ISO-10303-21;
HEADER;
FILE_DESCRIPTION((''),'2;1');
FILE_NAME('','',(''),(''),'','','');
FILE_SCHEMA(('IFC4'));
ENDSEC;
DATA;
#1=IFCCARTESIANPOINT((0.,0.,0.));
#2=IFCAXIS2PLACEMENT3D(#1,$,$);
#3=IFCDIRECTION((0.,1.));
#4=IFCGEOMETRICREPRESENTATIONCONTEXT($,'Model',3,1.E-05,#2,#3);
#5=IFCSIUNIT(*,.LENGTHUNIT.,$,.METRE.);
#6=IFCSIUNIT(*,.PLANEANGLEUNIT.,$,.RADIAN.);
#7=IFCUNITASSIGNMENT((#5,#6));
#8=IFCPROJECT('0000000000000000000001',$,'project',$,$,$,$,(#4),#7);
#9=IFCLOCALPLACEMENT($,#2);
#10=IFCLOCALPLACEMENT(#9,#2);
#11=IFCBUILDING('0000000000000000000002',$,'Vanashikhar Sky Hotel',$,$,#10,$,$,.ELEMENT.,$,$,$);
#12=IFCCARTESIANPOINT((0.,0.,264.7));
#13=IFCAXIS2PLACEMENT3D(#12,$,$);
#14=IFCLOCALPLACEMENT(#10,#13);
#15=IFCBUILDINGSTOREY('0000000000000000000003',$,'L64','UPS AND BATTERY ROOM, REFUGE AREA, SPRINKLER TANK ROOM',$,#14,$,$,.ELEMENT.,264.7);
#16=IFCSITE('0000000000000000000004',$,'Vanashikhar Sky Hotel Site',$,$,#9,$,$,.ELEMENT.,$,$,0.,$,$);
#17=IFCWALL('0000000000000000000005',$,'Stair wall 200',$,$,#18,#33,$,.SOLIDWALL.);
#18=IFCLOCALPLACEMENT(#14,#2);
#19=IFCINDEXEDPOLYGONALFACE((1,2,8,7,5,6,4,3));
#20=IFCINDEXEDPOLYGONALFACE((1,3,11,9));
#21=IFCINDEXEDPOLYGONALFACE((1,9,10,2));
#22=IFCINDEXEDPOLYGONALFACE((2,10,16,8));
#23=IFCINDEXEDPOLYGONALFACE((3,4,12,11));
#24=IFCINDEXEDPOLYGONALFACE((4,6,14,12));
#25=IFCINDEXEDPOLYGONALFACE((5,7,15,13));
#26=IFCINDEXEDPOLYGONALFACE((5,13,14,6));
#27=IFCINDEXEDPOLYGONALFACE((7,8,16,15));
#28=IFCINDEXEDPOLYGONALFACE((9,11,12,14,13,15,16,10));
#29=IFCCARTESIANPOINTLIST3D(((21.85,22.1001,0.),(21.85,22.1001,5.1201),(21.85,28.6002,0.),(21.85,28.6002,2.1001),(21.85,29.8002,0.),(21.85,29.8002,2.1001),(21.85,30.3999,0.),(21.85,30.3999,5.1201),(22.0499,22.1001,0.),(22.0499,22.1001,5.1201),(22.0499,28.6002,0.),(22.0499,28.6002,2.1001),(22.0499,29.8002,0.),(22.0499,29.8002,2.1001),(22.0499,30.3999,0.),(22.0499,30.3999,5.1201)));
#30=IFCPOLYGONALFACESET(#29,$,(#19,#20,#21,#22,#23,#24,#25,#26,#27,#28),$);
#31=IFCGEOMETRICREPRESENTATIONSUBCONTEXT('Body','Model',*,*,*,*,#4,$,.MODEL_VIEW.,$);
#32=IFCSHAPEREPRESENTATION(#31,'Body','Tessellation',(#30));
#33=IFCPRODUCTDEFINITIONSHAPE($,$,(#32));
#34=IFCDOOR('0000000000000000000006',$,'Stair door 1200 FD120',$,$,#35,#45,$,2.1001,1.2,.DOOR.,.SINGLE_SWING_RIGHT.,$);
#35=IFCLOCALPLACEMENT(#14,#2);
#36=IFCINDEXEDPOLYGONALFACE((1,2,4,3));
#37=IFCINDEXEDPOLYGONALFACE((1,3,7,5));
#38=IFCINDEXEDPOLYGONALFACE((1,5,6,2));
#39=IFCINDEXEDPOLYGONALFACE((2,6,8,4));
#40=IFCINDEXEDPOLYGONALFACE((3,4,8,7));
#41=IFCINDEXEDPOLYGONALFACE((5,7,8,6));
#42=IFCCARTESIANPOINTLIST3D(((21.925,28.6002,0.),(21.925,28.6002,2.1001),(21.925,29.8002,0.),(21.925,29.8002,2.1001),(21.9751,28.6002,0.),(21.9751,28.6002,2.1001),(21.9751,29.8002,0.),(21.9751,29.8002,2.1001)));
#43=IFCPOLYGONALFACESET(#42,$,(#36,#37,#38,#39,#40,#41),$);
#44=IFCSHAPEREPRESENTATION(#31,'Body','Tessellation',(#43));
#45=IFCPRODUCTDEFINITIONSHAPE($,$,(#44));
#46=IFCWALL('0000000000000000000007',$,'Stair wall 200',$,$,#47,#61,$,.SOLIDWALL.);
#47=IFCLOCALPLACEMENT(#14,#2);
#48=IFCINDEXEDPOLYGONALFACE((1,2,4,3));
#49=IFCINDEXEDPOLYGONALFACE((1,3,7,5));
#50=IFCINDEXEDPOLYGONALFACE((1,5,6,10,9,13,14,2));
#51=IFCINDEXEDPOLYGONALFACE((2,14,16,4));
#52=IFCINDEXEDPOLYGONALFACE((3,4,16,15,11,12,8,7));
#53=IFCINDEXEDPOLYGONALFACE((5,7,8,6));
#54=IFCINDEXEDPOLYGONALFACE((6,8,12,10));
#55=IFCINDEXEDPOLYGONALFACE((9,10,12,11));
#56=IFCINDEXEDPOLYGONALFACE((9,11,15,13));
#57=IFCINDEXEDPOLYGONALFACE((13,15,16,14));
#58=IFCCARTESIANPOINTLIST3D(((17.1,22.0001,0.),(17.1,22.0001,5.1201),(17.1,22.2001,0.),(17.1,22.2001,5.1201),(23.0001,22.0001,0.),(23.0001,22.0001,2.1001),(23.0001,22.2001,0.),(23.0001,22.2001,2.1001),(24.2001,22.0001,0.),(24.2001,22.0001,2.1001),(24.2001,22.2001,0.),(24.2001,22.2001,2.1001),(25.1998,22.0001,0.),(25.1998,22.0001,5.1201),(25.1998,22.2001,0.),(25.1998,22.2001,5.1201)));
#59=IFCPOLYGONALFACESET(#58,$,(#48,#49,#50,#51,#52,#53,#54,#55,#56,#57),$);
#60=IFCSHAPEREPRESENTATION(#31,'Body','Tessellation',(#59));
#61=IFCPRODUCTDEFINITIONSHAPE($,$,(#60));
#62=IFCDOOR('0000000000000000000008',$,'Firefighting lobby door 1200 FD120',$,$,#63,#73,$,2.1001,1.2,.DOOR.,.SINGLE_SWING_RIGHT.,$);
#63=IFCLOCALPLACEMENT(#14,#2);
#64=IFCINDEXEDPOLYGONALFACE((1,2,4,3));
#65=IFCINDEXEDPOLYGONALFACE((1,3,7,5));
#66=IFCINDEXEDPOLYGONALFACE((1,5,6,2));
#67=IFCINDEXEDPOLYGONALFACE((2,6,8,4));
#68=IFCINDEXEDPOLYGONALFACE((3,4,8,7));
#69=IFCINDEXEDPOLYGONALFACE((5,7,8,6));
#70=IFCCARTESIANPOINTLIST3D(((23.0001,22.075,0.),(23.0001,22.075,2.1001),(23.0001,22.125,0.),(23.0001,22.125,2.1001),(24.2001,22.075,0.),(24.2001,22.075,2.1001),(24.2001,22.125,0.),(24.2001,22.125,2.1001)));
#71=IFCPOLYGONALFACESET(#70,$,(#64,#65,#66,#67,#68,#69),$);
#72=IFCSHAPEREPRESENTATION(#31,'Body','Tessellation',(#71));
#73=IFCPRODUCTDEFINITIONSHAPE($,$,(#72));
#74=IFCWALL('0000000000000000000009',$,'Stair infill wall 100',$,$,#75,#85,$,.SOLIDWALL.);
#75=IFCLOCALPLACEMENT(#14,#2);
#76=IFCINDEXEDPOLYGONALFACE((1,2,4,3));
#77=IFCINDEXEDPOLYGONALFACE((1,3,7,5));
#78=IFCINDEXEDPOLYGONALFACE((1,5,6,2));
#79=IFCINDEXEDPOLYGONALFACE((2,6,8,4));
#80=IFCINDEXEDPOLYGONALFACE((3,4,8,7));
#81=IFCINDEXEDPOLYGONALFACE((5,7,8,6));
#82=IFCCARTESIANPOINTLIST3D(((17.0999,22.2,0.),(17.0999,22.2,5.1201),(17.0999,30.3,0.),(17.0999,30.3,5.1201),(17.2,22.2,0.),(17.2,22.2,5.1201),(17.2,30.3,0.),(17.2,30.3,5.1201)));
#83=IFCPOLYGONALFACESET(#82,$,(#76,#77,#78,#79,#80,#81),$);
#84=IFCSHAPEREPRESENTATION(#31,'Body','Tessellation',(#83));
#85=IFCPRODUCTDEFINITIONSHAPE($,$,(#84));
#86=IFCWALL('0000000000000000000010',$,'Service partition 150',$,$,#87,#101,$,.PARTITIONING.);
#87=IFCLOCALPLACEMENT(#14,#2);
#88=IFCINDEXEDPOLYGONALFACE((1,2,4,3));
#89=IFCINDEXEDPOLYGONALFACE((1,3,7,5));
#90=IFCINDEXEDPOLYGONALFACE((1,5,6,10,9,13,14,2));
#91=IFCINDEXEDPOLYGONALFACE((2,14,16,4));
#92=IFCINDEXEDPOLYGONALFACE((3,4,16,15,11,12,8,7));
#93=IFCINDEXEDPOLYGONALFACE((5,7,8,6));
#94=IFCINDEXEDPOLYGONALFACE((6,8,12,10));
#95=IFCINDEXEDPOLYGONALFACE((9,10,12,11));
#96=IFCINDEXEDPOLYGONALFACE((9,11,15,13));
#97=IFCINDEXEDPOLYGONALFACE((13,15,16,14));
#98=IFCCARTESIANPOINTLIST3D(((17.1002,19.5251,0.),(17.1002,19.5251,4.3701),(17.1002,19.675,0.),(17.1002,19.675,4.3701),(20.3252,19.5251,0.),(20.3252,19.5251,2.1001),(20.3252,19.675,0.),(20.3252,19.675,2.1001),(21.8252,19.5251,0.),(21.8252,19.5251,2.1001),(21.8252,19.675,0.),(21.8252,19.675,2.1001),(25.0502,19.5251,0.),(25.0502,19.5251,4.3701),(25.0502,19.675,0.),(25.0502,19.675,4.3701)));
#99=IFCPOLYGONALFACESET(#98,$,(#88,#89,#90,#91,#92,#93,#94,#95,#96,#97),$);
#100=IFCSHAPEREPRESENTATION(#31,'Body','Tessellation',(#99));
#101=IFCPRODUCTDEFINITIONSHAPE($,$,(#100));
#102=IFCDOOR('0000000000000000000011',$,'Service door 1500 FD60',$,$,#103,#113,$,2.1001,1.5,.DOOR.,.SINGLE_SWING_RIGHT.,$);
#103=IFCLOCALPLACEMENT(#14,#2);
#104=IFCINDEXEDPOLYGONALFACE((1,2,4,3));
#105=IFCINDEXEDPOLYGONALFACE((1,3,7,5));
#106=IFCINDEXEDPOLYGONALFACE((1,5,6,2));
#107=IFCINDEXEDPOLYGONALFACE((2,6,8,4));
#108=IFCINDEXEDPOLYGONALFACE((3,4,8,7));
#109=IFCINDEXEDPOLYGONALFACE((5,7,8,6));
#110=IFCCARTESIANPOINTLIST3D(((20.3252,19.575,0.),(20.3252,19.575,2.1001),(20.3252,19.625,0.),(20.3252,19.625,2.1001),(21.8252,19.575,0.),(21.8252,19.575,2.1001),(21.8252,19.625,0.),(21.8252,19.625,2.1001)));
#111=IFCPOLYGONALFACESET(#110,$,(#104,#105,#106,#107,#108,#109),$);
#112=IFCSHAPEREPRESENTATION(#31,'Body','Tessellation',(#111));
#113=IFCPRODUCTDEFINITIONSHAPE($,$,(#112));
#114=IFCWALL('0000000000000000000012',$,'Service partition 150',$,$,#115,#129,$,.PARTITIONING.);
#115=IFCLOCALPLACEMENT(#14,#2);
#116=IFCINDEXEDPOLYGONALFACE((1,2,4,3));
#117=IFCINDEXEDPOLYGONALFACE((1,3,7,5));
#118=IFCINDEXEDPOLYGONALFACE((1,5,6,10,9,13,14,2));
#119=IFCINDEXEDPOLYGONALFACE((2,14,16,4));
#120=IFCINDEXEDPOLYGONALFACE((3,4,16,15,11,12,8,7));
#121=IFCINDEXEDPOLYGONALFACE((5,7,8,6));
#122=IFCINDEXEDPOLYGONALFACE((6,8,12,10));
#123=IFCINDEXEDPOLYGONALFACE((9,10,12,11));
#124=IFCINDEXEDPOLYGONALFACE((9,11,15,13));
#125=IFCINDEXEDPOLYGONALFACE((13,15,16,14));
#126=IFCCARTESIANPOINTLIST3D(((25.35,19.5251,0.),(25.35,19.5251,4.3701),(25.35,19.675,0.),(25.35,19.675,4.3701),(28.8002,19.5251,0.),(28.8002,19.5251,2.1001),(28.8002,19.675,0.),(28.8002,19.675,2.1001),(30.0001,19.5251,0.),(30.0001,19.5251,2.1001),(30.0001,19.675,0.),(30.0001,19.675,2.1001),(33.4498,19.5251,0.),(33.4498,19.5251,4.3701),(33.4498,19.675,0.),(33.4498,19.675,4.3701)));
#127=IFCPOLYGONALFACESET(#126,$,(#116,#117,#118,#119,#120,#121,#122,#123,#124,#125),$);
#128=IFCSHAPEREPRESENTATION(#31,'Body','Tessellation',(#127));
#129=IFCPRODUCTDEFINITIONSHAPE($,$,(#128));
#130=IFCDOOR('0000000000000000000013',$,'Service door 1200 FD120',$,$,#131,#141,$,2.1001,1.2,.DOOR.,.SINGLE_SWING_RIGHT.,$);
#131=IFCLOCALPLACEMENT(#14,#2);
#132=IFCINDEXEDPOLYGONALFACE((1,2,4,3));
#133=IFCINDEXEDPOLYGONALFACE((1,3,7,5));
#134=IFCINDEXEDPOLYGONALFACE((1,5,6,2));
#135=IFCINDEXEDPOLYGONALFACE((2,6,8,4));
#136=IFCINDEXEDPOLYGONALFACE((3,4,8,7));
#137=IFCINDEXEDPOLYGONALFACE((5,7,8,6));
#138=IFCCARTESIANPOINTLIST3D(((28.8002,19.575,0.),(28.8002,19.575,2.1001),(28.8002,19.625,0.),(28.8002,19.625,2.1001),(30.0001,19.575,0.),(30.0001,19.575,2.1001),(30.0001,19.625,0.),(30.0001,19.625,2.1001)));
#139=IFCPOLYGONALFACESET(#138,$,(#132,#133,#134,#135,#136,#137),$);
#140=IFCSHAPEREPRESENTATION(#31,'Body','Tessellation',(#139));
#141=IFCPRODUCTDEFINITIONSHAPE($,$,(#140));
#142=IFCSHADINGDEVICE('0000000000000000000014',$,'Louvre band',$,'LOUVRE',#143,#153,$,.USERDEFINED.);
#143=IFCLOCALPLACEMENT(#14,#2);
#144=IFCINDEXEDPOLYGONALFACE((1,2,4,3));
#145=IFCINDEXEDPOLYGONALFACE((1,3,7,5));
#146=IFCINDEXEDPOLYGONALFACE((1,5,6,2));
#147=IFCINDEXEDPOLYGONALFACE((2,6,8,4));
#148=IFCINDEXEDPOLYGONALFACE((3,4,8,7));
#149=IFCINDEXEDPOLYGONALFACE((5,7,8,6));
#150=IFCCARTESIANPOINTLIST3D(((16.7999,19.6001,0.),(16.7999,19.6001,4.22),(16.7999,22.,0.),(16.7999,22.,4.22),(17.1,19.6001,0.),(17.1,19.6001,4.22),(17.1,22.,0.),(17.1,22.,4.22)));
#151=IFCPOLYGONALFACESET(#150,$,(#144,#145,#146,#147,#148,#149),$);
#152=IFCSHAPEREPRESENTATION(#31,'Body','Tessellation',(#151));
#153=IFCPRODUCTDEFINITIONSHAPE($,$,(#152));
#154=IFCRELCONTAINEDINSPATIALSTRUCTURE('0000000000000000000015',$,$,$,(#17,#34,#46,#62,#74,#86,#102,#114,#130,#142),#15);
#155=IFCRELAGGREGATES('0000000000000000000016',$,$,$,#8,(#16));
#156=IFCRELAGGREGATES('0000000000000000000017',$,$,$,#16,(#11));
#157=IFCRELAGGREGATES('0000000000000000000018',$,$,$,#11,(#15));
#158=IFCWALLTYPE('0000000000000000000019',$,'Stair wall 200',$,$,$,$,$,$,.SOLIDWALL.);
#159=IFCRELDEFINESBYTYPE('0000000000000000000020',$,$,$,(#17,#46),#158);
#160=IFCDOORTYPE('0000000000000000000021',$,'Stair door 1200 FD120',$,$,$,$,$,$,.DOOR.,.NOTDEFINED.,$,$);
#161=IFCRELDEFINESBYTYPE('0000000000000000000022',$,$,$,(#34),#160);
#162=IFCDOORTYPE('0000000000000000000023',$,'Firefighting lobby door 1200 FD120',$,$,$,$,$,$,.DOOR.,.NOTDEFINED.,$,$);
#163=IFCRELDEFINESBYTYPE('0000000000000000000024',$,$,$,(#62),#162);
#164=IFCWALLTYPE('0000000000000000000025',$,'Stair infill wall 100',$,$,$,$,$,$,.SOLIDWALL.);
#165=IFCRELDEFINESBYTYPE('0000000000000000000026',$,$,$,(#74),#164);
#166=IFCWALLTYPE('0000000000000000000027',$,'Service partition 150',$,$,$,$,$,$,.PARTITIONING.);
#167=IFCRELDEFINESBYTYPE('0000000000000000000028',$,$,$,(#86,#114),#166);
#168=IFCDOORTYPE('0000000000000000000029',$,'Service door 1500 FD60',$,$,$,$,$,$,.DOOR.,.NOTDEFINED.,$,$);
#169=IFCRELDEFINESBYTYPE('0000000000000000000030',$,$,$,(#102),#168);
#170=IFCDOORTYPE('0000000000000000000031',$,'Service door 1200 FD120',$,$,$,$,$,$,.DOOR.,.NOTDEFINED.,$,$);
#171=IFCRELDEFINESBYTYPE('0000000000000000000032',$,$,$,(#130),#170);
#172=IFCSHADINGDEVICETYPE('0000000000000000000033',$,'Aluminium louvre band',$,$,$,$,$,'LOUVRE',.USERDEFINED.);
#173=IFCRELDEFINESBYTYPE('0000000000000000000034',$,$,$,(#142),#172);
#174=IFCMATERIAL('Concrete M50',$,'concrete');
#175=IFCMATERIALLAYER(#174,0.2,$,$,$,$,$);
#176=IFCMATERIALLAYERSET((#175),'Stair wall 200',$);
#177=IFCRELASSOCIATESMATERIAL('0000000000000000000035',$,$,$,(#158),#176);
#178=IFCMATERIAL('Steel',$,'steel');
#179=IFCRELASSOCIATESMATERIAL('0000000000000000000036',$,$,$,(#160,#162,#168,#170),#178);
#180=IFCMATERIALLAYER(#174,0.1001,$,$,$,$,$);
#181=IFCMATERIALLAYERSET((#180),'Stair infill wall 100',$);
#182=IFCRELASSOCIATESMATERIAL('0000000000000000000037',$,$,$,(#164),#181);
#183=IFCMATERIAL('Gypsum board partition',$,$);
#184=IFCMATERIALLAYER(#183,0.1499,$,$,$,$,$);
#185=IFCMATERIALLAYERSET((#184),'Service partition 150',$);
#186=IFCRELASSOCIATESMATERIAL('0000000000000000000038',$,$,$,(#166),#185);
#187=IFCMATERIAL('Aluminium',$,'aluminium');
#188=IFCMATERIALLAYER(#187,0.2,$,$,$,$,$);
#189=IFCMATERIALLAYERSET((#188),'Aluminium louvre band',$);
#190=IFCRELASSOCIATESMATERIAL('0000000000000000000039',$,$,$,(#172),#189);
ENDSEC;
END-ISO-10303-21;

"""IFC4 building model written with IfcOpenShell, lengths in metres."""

from ifc_helpers import new_model, si_unit, direction, frame, frame_2d, origin, origin_2d, place, context, subcontext, project, spatial, rectangle, extrude, source, transform, mapped, material, layer, layer_set, type_object, element, fill, save


model = new_model("IFC4")

# Units and contexts
model_context = context("Model", 3, precision=1e-05, world=origin(), true_north=direction((0.0, 1.0)))
body_context = subcontext(model_context, "Body", "Model", "MODEL_VIEW")
ifc_project = project(units=[si_unit("LENGTHUNIT", "METRE"), si_unit("PLANEANGLEUNIT", "RADIAN")], contexts=[model_context])

# Site, building, storey
site_placement = place(None, origin())
site = spatial("IfcSite", under=ifc_project, at=site_placement, Name="Vanashikhar Sky Hotel Site", CompositionType="ELEMENT", RefElevation=0.0)
building_placement = place(site_placement, origin())
building = spatial("IfcBuilding", under=site, at=building_placement, Name="Vanashikhar Sky Hotel", CompositionType="ELEMENT")
storey_placement = place(building_placement, frame((0.0, 0.0, 264.7)))
storey = spatial("IfcBuildingStorey", under=building, at=storey_placement, Name="L64", Description="UPS AND BATTERY ROOM, REFUGE AREA, SPRINKLER TANK ROOM", CompositionType="ELEMENT", Elevation=264.7)

# Shared definitions
ifc_material_1 = material(Name="Concrete M50", Category="concrete")

# Walls, openings, doors
ifc_layer_1 = layer(ifc_material_1, 0.2)
ifc_layer_set_1 = layer_set([ifc_layer_1], Name="Stair wall 200")
wall_type_1 = type_object("IfcWallType", Name="Stair wall 200", PredefinedType="SOLIDWALL", material=ifc_layer_set_1)
shared_shape_1 = source(origin(), body_context, "Body", "SweptSolid", [
    extrude(rectangle(XDim=8.2998, YDim=0.2, at=frame_2d((4.1499, 0.0))), origin(), (0.0, 0.0, 1.0), 5.1201),
])
wall_1_placement = place(storey_placement, frame((21.95, 22.1001, 0.0), z_axis=(0.0, 0.0, 1.0), x_axis=(0.0, 1.0, 0.0)))
wall_1 = element("IfcWall", 1, at=wall_1_placement, inside=storey, type_object=wall_type_1, Name="Stair wall 200", PredefinedType="SOLIDWALL", context=body_context, shape_type="MappedRepresentation", body=[
    mapped(shared_shape_1, transform((0.0, 0.0, 0.0), scale=1.0)),
])
shared_shape_2 = source(origin(), body_context, "Body", "SweptSolid", [
    extrude(rectangle(XDim=1.2, YDim=2.1001, at=frame_2d((0.6001, 1.05))), frame((0.0, 0.1099, 0.0), z_axis=(0.0, -1.0, 0.0), x_axis=(1.0, 0.0, 0.0)), (0.0, 0.0, 1.0), 0.22),
])
opening_1_placement = place(wall_1_placement, frame((6.5, 0.0, 0.0)))
opening_1 = element("IfcOpeningElement", 2, at=opening_1_placement, cuts=wall_1, PredefinedType="OPENING", context=body_context, shape_type="MappedRepresentation", body=[
    mapped(shared_shape_2, transform((0.0, 0.0, 0.0), scale=1.0)),
])
ifc_material_2 = material(Name="Steel", Category="steel")
door_type_1 = type_object("IfcDoorType", Name="Stair door 1200 FD120", OperationType="NOTDEFINED", PredefinedType="DOOR", material=ifc_material_2)
shared_shape_3 = source(origin(), body_context, "Body", "SweptSolid", [
    extrude(rectangle(XDim=1.2, YDim=2.1001, at=frame_2d((0.6001, 1.05))), frame((0.0, 0.0249, 0.0), z_axis=(0.0, -1.0, 0.0), x_axis=(1.0, 0.0, 0.0)), (0.0, 0.0, 1.0), 0.05),
])
door_1_placement = place(opening_1_placement, origin())
door_1 = element("IfcDoor", 3, at=door_1_placement, inside=storey, type_object=door_type_1, Name="Stair door 1200 FD120", OperationType="SINGLE_SWING_RIGHT", OverallHeight=2.1001, OverallWidth=1.2, PredefinedType="DOOR", context=body_context, shape_type="MappedRepresentation", body=[
    mapped(shared_shape_3, transform((0.0, 0.0, 0.0), scale=1.0)),
])
fill(opening_1, door_1)
shared_shape_4 = source(origin(), body_context, "Body", "SweptSolid", [
    extrude(rectangle(XDim=8.0999, YDim=0.2, at=frame_2d((4.0498, 0.0))), origin(), (0.0, 0.0, 1.0), 5.1201),
])
wall_2_placement = place(storey_placement, frame((17.1001, 22.1001, 0.0), z_axis=(0.0, 0.0, 1.0), x_axis=(1.0, 0.0, 0.0)))
wall_2 = element("IfcWall", 4, at=wall_2_placement, inside=storey, type_object=wall_type_1, Name="Stair wall 200", PredefinedType="SOLIDWALL", context=body_context, shape_type="MappedRepresentation", body=[
    mapped(shared_shape_4, transform((0.0, 0.0, 0.0), scale=1.0)),
])
opening_2_placement = place(wall_2_placement, frame((5.8999, 0.0, 0.0)))
opening_2 = element("IfcOpeningElement", 5, at=opening_2_placement, cuts=wall_2, PredefinedType="OPENING", context=body_context, shape_type="MappedRepresentation", body=[
    mapped(shared_shape_2, transform((0.0, 0.0, 0.0), scale=1.0)),
])
door_type_2 = type_object("IfcDoorType", Name="Firefighting lobby door 1200 FD120", OperationType="NOTDEFINED", PredefinedType="DOOR", material=ifc_material_2)
door_2_placement = place(opening_2_placement, origin())
door_2 = element("IfcDoor", 6, at=door_2_placement, inside=storey, type_object=door_type_2, Name="Firefighting lobby door 1200 FD120", OperationType="SINGLE_SWING_RIGHT", OverallHeight=2.1001, OverallWidth=1.2, PredefinedType="DOOR", context=body_context, shape_type="MappedRepresentation", body=[
    mapped(shared_shape_3, transform((0.0, 0.0, 0.0), scale=1.0)),
])
fill(opening_2, door_2)

# Wall
ifc_layer_2 = layer(ifc_material_1, 0.1001)
ifc_layer_set_2 = layer_set([ifc_layer_2], Name="Stair infill wall 100")
wall_type_2 = type_object("IfcWallType", Name="Stair infill wall 100", PredefinedType="SOLIDWALL", material=ifc_layer_set_2)
shared_shape_5 = source(origin(), body_context, "Body", "SweptSolid", [
    extrude(rectangle(XDim=8.1001, YDim=0.1001, at=frame_2d((4.05, 0.0))), origin(), (0.0, 0.0, 1.0), 5.1201),
])
wall_3_placement = place(storey_placement, frame((17.1499, 22.2, 0.0), z_axis=(0.0, 0.0, 1.0), x_axis=(0.0, 1.0, 0.0)))
element("IfcWall", 7, at=wall_3_placement, inside=storey, type_object=wall_type_2, Name="Stair infill wall 100", PredefinedType="SOLIDWALL", context=body_context, shape_type="MappedRepresentation", body=[
    mapped(shared_shape_5, transform((0.0, 0.0, 0.0), scale=1.0)),
])

# Walls, openings, doors
ifc_material_3 = material(Name="Gypsum board partition")
ifc_layer_3 = layer(ifc_material_3, 0.1499)
ifc_layer_set_3 = layer_set([ifc_layer_3], Name="Service partition 150")
wall_type_3 = type_object("IfcWallType", Name="Service partition 150", PredefinedType="PARTITIONING", material=ifc_layer_set_3)
shared_shape_6 = source(origin(), body_context, "Body", "SweptSolid", [
    extrude(rectangle(XDim=7.95, YDim=0.1499, at=frame_2d((3.9751, 0.0))), origin(), (0.0, 0.0, 1.0), 4.3701),
])
wall_4_placement = place(storey_placement, frame((17.1001, 19.6001, 0.0), z_axis=(0.0, 0.0, 1.0), x_axis=(1.0, 0.0, 0.0)))
wall_4 = element("IfcWall", 8, at=wall_4_placement, inside=storey, type_object=wall_type_3, Name="Service partition 150", PredefinedType="PARTITIONING", context=body_context, shape_type="MappedRepresentation", body=[
    mapped(shared_shape_6, transform((0.0, 0.0, 0.0), scale=1.0)),
])
shared_shape_7 = source(origin(), body_context, "Body", "SweptSolid", [
    extrude(rectangle(XDim=1.5, YDim=2.1001, at=frame_2d((0.75, 1.05))), frame((0.0, 0.085, 0.0), z_axis=(0.0, -1.0, 0.0), x_axis=(1.0, 0.0, 0.0)), (0.0, 0.0, 1.0), 0.1699),
])
opening_3_placement = place(wall_4_placement, frame((3.2251, 0.0, 0.0)))
opening_3 = element("IfcOpeningElement", 9, at=opening_3_placement, cuts=wall_4, PredefinedType="OPENING", context=body_context, shape_type="MappedRepresentation", body=[
    mapped(shared_shape_7, transform((0.0, 0.0, 0.0), scale=1.0)),
])
door_type_3 = type_object("IfcDoorType", Name="Service door 1500 FD60", OperationType="NOTDEFINED", PredefinedType="DOOR", material=ifc_material_2)
shared_shape_8 = source(origin(), body_context, "Body", "SweptSolid", [
    extrude(rectangle(XDim=1.5, YDim=2.1001, at=frame_2d((0.75, 1.05))), frame((0.0, 0.0249, 0.0), z_axis=(0.0, -1.0, 0.0), x_axis=(1.0, 0.0, 0.0)), (0.0, 0.0, 1.0), 0.05),
])
door_3_placement = place(opening_3_placement, origin())
door_3 = element("IfcDoor", 10, at=door_3_placement, inside=storey, type_object=door_type_3, Name="Service door 1500 FD60", OperationType="SINGLE_SWING_RIGHT", OverallHeight=2.1001, OverallWidth=1.5, PredefinedType="DOOR", context=body_context, shape_type="MappedRepresentation", body=[
    mapped(shared_shape_8, transform((0.0, 0.0, 0.0), scale=1.0)),
])
fill(opening_3, door_3)
shared_shape_9 = source(origin(), body_context, "Body", "SweptSolid", [
    extrude(rectangle(XDim=8.0999, YDim=0.1499, at=frame_2d((4.0498, 0.0))), origin(), (0.0, 0.0, 1.0), 4.3701),
])
wall_5_placement = place(storey_placement, frame((25.3501, 19.6001, 0.0), z_axis=(0.0, 0.0, 1.0), x_axis=(1.0, 0.0, 0.0)))
wall_5 = element("IfcWall", 11, at=wall_5_placement, inside=storey, type_object=wall_type_3, Name="Service partition 150", PredefinedType="PARTITIONING", context=body_context, shape_type="MappedRepresentation", body=[
    mapped(shared_shape_9, transform((0.0, 0.0, 0.0), scale=1.0)),
])
shared_shape_10 = source(origin(), body_context, "Body", "SweptSolid", [
    extrude(rectangle(XDim=1.2, YDim=2.1001, at=frame_2d((0.6001, 1.05))), frame((0.0, 0.085, 0.0), z_axis=(0.0, -1.0, 0.0), x_axis=(1.0, 0.0, 0.0)), (0.0, 0.0, 1.0), 0.1699),
])
opening_4_placement = place(wall_5_placement, frame((3.45, 0.0, 0.0)))
opening_4 = element("IfcOpeningElement", 12, at=opening_4_placement, cuts=wall_5, PredefinedType="OPENING", context=body_context, shape_type="MappedRepresentation", body=[
    mapped(shared_shape_10, transform((0.0, 0.0, 0.0), scale=1.0)),
])
door_type_4 = type_object("IfcDoorType", Name="Service door 1200 FD120", OperationType="NOTDEFINED", PredefinedType="DOOR", material=ifc_material_2)
door_4_placement = place(opening_4_placement, origin())
door_4 = element("IfcDoor", 13, at=door_4_placement, inside=storey, type_object=door_type_4, Name="Service door 1200 FD120", OperationType="SINGLE_SWING_RIGHT", OverallHeight=2.1001, OverallWidth=1.2, PredefinedType="DOOR", context=body_context, shape_type="MappedRepresentation", body=[
    mapped(shared_shape_3, transform((0.0, 0.0, 0.0), scale=1.0)),
])
fill(opening_4, door_4)

# Shading device
ifc_material_4 = material(Name="Aluminium", Category="aluminium")
ifc_layer_4 = layer(ifc_material_4, 0.2)
ifc_layer_set_4 = layer_set([ifc_layer_4], Name="Aluminium louvre band")
shading_device_type = type_object("IfcShadingDeviceType", Name="Aluminium louvre band", ElementType="LOUVRE", PredefinedType="USERDEFINED", material=ifc_layer_set_4)
shared_shape_11 = source(origin(), body_context, "Body", "SweptSolid", [
    extrude(rectangle(XDim=0.3, YDim=2.3999, at=origin_2d()), origin(), (0.0, 0.0, 1.0), 4.22),
])
shading_device_1_placement = place(storey_placement, frame((16.95, 20.8, 0.0), z_axis=(0.0, 0.0, 1.0), x_axis=(1.0, 0.0, 0.0)))
element("IfcShadingDevice", 14, at=shading_device_1_placement, inside=storey, type_object=shading_device_type, Name="Louvre band", ObjectType="LOUVRE", PredefinedType="USERDEFINED", context=body_context, shape_type="MappedRepresentation", body=[
    mapped(shared_shape_11, transform((0.0, 0.0, 0.0), scale=1.0)),
])

save(model, "model.ifc")
